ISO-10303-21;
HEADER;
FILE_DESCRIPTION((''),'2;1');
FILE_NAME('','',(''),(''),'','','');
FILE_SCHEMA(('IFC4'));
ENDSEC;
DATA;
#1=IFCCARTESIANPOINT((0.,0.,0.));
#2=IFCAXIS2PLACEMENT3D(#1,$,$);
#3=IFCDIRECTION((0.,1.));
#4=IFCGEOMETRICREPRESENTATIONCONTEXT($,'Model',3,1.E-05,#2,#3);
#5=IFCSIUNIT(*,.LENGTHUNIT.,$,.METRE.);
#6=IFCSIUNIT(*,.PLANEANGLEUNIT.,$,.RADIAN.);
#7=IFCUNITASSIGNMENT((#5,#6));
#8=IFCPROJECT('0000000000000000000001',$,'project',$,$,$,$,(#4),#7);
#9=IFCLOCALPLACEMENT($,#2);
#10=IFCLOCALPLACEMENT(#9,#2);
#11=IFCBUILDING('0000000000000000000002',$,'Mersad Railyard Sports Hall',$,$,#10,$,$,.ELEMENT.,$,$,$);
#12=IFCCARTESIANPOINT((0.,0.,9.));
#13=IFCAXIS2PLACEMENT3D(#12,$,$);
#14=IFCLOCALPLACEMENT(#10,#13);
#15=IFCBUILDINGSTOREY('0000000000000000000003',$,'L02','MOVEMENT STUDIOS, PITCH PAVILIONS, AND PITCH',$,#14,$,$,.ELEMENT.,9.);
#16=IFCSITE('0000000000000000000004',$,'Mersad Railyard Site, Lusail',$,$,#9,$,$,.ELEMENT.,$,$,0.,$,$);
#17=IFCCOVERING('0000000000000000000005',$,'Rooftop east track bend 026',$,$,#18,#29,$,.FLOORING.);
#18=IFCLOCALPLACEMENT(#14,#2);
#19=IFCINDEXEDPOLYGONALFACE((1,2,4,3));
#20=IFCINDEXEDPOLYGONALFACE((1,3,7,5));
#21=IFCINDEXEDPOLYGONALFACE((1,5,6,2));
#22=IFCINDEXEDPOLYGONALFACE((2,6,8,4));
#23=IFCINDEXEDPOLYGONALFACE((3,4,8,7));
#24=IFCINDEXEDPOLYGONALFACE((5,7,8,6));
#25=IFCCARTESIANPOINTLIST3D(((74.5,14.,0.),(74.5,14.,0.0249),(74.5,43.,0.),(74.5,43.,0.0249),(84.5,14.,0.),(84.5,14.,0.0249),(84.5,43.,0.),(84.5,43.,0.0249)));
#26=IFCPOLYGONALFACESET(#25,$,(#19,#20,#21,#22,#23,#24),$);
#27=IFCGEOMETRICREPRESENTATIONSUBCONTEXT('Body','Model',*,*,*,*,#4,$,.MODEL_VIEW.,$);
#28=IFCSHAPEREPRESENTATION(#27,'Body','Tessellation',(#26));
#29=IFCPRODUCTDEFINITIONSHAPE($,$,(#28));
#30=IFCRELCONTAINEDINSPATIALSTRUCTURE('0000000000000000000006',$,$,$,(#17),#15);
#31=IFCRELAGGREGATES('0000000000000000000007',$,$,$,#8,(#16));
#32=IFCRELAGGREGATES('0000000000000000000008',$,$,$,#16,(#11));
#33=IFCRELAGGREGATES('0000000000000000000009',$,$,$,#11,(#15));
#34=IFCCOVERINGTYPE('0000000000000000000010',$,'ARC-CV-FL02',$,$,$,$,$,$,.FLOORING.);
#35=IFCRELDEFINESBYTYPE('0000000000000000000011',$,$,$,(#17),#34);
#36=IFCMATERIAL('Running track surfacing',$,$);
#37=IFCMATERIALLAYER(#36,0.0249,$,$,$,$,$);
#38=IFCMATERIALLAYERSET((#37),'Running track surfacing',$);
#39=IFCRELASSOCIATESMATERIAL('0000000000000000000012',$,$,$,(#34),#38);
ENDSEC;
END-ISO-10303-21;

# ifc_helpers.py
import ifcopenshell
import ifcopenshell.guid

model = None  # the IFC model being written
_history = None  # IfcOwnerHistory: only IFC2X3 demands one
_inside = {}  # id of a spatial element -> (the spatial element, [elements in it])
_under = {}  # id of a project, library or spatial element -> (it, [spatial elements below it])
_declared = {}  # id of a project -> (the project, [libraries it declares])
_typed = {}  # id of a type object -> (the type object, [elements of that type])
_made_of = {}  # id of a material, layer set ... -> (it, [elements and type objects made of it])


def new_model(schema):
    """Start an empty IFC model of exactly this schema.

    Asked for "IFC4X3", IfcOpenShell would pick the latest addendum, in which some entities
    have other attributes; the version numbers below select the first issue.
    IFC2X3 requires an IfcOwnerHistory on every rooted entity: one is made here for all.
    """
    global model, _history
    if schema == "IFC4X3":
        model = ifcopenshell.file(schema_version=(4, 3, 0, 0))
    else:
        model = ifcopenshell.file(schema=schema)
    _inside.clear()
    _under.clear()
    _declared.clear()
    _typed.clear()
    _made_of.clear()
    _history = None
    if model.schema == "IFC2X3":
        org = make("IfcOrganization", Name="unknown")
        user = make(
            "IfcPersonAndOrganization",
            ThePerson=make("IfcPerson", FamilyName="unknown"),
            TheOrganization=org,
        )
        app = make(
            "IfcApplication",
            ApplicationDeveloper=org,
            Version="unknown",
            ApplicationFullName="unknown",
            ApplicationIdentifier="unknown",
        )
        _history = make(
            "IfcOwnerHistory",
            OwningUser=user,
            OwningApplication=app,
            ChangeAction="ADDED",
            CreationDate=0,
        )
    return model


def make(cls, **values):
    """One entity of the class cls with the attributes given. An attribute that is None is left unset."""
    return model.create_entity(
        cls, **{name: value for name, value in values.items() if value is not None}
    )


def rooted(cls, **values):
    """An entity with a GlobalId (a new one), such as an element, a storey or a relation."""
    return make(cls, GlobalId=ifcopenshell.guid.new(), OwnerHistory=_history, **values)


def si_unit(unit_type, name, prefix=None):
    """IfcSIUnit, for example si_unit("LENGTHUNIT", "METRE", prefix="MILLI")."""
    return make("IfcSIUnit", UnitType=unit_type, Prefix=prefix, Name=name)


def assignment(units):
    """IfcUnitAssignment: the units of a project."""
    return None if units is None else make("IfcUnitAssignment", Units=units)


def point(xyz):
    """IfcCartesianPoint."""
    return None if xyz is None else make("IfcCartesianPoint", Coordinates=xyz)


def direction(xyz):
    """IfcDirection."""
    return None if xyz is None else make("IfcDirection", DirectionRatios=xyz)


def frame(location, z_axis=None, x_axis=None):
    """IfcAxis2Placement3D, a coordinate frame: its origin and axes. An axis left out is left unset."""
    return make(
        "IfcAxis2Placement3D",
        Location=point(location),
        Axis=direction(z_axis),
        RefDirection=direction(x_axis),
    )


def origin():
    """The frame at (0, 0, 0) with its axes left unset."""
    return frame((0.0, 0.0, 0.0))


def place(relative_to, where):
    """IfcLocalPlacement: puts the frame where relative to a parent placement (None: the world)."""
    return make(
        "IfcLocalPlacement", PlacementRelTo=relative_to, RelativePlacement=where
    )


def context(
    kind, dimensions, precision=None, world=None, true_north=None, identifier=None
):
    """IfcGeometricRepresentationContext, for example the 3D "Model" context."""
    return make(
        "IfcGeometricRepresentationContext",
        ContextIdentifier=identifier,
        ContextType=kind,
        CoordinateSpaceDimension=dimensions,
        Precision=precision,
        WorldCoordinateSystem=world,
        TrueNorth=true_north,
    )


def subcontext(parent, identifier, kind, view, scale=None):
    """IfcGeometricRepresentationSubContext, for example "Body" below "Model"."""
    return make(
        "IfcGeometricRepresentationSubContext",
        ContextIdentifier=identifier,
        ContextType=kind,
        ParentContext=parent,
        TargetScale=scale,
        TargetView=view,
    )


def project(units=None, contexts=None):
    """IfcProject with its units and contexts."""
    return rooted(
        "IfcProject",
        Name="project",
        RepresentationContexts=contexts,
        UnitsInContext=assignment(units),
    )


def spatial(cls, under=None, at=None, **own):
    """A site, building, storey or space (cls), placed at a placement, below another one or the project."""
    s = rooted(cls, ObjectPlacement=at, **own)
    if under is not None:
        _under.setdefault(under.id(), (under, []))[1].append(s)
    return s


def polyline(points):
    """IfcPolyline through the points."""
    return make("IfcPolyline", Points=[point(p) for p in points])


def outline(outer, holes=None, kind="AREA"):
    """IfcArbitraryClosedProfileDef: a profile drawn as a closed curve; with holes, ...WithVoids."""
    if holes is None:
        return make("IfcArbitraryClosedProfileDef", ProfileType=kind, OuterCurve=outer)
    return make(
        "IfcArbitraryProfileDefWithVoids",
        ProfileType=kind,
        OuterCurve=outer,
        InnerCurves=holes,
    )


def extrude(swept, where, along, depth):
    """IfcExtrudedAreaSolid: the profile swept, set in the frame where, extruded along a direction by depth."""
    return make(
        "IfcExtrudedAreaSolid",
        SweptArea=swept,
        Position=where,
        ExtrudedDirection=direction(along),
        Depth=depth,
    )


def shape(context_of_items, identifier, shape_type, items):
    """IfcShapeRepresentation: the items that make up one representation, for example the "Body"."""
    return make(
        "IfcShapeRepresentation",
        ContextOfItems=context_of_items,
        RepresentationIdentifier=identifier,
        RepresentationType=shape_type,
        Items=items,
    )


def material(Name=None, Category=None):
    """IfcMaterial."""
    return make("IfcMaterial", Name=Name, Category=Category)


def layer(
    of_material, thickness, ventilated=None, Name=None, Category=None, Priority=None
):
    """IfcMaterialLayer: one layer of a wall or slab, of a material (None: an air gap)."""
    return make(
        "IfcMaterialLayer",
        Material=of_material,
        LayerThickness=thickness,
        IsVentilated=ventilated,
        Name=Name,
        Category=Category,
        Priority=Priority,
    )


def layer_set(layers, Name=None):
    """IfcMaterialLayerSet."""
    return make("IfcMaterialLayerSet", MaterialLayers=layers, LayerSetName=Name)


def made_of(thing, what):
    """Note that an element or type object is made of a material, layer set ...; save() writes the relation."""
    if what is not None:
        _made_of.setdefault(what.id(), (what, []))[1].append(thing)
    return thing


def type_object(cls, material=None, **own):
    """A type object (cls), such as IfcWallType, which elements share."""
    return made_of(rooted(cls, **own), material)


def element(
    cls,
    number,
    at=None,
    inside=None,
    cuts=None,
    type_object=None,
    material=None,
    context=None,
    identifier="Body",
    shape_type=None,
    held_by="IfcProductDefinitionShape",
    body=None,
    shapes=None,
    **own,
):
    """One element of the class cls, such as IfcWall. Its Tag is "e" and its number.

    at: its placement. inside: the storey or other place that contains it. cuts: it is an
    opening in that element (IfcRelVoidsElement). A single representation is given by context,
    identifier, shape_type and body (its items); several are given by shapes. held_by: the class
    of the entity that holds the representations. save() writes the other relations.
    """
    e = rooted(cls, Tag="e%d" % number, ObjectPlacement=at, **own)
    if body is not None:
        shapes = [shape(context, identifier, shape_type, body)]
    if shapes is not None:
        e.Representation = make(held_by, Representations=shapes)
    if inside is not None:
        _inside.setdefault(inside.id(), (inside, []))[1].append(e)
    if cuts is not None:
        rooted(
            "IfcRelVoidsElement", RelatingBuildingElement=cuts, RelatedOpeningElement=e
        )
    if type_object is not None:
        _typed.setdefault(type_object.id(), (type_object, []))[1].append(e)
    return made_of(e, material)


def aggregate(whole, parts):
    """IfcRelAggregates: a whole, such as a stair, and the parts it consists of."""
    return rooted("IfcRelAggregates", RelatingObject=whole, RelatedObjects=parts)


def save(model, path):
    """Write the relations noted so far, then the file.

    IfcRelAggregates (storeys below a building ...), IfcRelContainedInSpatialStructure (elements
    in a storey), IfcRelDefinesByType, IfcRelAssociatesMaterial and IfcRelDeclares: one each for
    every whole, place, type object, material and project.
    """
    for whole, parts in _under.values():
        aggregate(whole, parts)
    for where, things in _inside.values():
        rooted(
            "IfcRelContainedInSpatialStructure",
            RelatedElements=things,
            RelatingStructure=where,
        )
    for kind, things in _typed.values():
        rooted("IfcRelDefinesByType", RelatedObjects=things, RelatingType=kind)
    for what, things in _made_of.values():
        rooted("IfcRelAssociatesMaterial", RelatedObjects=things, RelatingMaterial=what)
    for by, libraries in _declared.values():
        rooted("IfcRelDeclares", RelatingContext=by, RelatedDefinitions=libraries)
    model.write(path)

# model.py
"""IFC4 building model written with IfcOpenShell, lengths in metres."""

from ifc_helpers import new_model, si_unit, direction, frame, origin, place, context, subcontext, project, spatial, polyline, outline, extrude, material, layer, layer_set, type_object, element, save


model = new_model("IFC4")

# Units and contexts
model_context = context("Model", 3, precision=1e-05, world=origin(), true_north=direction((0.0, 1.0)))
body_context = subcontext(model_context, "Body", "Model", "MODEL_VIEW")
ifc_project = project(units=[si_unit("LENGTHUNIT", "METRE"), si_unit("PLANEANGLEUNIT", "RADIAN")], contexts=[model_context])

# Site, building, storey
site_placement = place(None, origin())
site = spatial("IfcSite", under=ifc_project, at=site_placement, Name="Mersad Railyard Site, Lusail", CompositionType="ELEMENT", RefElevation=0.0)
building_placement = place(site_placement, origin())
building = spatial("IfcBuilding", under=site, at=building_placement, Name="Mersad Railyard Sports Hall", CompositionType="ELEMENT")
storey_placement = place(building_placement, frame((0.0, 0.0, 9.0)))
storey = spatial("IfcBuildingStorey", under=building, at=storey_placement, Name="L02", Description="MOVEMENT STUDIOS, PITCH PAVILIONS, AND PITCH", CompositionType="ELEMENT", Elevation=9.0)

# Covering
ifc_material_1 = material(Name="Running track surfacing")
ifc_layer_1 = layer(ifc_material_1, 0.0249)
ifc_layer_set_1 = layer_set([ifc_layer_1], Name="Running track surfacing")
covering_type = type_object("IfcCoveringType", Name="ARC-CV-FL02", PredefinedType="FLOORING", material=ifc_layer_set_1)
covering_1_placement = place(storey_placement, origin())
element("IfcCovering", 1, at=covering_1_placement, inside=storey, type_object=covering_type, Name="Rooftop east track bend 026", PredefinedType="FLOORING", context=body_context, shape_type="SweptSolid", body=[
    extrude(outline(polyline([(74.5, 14.0), (84.5, 14.0), (84.5, 43.0), (74.5, 43.0), (74.5, 14.0)])), origin(), (0.0, 0.0, 1.0), 0.0249),
])

save(model, "model.ifc")
